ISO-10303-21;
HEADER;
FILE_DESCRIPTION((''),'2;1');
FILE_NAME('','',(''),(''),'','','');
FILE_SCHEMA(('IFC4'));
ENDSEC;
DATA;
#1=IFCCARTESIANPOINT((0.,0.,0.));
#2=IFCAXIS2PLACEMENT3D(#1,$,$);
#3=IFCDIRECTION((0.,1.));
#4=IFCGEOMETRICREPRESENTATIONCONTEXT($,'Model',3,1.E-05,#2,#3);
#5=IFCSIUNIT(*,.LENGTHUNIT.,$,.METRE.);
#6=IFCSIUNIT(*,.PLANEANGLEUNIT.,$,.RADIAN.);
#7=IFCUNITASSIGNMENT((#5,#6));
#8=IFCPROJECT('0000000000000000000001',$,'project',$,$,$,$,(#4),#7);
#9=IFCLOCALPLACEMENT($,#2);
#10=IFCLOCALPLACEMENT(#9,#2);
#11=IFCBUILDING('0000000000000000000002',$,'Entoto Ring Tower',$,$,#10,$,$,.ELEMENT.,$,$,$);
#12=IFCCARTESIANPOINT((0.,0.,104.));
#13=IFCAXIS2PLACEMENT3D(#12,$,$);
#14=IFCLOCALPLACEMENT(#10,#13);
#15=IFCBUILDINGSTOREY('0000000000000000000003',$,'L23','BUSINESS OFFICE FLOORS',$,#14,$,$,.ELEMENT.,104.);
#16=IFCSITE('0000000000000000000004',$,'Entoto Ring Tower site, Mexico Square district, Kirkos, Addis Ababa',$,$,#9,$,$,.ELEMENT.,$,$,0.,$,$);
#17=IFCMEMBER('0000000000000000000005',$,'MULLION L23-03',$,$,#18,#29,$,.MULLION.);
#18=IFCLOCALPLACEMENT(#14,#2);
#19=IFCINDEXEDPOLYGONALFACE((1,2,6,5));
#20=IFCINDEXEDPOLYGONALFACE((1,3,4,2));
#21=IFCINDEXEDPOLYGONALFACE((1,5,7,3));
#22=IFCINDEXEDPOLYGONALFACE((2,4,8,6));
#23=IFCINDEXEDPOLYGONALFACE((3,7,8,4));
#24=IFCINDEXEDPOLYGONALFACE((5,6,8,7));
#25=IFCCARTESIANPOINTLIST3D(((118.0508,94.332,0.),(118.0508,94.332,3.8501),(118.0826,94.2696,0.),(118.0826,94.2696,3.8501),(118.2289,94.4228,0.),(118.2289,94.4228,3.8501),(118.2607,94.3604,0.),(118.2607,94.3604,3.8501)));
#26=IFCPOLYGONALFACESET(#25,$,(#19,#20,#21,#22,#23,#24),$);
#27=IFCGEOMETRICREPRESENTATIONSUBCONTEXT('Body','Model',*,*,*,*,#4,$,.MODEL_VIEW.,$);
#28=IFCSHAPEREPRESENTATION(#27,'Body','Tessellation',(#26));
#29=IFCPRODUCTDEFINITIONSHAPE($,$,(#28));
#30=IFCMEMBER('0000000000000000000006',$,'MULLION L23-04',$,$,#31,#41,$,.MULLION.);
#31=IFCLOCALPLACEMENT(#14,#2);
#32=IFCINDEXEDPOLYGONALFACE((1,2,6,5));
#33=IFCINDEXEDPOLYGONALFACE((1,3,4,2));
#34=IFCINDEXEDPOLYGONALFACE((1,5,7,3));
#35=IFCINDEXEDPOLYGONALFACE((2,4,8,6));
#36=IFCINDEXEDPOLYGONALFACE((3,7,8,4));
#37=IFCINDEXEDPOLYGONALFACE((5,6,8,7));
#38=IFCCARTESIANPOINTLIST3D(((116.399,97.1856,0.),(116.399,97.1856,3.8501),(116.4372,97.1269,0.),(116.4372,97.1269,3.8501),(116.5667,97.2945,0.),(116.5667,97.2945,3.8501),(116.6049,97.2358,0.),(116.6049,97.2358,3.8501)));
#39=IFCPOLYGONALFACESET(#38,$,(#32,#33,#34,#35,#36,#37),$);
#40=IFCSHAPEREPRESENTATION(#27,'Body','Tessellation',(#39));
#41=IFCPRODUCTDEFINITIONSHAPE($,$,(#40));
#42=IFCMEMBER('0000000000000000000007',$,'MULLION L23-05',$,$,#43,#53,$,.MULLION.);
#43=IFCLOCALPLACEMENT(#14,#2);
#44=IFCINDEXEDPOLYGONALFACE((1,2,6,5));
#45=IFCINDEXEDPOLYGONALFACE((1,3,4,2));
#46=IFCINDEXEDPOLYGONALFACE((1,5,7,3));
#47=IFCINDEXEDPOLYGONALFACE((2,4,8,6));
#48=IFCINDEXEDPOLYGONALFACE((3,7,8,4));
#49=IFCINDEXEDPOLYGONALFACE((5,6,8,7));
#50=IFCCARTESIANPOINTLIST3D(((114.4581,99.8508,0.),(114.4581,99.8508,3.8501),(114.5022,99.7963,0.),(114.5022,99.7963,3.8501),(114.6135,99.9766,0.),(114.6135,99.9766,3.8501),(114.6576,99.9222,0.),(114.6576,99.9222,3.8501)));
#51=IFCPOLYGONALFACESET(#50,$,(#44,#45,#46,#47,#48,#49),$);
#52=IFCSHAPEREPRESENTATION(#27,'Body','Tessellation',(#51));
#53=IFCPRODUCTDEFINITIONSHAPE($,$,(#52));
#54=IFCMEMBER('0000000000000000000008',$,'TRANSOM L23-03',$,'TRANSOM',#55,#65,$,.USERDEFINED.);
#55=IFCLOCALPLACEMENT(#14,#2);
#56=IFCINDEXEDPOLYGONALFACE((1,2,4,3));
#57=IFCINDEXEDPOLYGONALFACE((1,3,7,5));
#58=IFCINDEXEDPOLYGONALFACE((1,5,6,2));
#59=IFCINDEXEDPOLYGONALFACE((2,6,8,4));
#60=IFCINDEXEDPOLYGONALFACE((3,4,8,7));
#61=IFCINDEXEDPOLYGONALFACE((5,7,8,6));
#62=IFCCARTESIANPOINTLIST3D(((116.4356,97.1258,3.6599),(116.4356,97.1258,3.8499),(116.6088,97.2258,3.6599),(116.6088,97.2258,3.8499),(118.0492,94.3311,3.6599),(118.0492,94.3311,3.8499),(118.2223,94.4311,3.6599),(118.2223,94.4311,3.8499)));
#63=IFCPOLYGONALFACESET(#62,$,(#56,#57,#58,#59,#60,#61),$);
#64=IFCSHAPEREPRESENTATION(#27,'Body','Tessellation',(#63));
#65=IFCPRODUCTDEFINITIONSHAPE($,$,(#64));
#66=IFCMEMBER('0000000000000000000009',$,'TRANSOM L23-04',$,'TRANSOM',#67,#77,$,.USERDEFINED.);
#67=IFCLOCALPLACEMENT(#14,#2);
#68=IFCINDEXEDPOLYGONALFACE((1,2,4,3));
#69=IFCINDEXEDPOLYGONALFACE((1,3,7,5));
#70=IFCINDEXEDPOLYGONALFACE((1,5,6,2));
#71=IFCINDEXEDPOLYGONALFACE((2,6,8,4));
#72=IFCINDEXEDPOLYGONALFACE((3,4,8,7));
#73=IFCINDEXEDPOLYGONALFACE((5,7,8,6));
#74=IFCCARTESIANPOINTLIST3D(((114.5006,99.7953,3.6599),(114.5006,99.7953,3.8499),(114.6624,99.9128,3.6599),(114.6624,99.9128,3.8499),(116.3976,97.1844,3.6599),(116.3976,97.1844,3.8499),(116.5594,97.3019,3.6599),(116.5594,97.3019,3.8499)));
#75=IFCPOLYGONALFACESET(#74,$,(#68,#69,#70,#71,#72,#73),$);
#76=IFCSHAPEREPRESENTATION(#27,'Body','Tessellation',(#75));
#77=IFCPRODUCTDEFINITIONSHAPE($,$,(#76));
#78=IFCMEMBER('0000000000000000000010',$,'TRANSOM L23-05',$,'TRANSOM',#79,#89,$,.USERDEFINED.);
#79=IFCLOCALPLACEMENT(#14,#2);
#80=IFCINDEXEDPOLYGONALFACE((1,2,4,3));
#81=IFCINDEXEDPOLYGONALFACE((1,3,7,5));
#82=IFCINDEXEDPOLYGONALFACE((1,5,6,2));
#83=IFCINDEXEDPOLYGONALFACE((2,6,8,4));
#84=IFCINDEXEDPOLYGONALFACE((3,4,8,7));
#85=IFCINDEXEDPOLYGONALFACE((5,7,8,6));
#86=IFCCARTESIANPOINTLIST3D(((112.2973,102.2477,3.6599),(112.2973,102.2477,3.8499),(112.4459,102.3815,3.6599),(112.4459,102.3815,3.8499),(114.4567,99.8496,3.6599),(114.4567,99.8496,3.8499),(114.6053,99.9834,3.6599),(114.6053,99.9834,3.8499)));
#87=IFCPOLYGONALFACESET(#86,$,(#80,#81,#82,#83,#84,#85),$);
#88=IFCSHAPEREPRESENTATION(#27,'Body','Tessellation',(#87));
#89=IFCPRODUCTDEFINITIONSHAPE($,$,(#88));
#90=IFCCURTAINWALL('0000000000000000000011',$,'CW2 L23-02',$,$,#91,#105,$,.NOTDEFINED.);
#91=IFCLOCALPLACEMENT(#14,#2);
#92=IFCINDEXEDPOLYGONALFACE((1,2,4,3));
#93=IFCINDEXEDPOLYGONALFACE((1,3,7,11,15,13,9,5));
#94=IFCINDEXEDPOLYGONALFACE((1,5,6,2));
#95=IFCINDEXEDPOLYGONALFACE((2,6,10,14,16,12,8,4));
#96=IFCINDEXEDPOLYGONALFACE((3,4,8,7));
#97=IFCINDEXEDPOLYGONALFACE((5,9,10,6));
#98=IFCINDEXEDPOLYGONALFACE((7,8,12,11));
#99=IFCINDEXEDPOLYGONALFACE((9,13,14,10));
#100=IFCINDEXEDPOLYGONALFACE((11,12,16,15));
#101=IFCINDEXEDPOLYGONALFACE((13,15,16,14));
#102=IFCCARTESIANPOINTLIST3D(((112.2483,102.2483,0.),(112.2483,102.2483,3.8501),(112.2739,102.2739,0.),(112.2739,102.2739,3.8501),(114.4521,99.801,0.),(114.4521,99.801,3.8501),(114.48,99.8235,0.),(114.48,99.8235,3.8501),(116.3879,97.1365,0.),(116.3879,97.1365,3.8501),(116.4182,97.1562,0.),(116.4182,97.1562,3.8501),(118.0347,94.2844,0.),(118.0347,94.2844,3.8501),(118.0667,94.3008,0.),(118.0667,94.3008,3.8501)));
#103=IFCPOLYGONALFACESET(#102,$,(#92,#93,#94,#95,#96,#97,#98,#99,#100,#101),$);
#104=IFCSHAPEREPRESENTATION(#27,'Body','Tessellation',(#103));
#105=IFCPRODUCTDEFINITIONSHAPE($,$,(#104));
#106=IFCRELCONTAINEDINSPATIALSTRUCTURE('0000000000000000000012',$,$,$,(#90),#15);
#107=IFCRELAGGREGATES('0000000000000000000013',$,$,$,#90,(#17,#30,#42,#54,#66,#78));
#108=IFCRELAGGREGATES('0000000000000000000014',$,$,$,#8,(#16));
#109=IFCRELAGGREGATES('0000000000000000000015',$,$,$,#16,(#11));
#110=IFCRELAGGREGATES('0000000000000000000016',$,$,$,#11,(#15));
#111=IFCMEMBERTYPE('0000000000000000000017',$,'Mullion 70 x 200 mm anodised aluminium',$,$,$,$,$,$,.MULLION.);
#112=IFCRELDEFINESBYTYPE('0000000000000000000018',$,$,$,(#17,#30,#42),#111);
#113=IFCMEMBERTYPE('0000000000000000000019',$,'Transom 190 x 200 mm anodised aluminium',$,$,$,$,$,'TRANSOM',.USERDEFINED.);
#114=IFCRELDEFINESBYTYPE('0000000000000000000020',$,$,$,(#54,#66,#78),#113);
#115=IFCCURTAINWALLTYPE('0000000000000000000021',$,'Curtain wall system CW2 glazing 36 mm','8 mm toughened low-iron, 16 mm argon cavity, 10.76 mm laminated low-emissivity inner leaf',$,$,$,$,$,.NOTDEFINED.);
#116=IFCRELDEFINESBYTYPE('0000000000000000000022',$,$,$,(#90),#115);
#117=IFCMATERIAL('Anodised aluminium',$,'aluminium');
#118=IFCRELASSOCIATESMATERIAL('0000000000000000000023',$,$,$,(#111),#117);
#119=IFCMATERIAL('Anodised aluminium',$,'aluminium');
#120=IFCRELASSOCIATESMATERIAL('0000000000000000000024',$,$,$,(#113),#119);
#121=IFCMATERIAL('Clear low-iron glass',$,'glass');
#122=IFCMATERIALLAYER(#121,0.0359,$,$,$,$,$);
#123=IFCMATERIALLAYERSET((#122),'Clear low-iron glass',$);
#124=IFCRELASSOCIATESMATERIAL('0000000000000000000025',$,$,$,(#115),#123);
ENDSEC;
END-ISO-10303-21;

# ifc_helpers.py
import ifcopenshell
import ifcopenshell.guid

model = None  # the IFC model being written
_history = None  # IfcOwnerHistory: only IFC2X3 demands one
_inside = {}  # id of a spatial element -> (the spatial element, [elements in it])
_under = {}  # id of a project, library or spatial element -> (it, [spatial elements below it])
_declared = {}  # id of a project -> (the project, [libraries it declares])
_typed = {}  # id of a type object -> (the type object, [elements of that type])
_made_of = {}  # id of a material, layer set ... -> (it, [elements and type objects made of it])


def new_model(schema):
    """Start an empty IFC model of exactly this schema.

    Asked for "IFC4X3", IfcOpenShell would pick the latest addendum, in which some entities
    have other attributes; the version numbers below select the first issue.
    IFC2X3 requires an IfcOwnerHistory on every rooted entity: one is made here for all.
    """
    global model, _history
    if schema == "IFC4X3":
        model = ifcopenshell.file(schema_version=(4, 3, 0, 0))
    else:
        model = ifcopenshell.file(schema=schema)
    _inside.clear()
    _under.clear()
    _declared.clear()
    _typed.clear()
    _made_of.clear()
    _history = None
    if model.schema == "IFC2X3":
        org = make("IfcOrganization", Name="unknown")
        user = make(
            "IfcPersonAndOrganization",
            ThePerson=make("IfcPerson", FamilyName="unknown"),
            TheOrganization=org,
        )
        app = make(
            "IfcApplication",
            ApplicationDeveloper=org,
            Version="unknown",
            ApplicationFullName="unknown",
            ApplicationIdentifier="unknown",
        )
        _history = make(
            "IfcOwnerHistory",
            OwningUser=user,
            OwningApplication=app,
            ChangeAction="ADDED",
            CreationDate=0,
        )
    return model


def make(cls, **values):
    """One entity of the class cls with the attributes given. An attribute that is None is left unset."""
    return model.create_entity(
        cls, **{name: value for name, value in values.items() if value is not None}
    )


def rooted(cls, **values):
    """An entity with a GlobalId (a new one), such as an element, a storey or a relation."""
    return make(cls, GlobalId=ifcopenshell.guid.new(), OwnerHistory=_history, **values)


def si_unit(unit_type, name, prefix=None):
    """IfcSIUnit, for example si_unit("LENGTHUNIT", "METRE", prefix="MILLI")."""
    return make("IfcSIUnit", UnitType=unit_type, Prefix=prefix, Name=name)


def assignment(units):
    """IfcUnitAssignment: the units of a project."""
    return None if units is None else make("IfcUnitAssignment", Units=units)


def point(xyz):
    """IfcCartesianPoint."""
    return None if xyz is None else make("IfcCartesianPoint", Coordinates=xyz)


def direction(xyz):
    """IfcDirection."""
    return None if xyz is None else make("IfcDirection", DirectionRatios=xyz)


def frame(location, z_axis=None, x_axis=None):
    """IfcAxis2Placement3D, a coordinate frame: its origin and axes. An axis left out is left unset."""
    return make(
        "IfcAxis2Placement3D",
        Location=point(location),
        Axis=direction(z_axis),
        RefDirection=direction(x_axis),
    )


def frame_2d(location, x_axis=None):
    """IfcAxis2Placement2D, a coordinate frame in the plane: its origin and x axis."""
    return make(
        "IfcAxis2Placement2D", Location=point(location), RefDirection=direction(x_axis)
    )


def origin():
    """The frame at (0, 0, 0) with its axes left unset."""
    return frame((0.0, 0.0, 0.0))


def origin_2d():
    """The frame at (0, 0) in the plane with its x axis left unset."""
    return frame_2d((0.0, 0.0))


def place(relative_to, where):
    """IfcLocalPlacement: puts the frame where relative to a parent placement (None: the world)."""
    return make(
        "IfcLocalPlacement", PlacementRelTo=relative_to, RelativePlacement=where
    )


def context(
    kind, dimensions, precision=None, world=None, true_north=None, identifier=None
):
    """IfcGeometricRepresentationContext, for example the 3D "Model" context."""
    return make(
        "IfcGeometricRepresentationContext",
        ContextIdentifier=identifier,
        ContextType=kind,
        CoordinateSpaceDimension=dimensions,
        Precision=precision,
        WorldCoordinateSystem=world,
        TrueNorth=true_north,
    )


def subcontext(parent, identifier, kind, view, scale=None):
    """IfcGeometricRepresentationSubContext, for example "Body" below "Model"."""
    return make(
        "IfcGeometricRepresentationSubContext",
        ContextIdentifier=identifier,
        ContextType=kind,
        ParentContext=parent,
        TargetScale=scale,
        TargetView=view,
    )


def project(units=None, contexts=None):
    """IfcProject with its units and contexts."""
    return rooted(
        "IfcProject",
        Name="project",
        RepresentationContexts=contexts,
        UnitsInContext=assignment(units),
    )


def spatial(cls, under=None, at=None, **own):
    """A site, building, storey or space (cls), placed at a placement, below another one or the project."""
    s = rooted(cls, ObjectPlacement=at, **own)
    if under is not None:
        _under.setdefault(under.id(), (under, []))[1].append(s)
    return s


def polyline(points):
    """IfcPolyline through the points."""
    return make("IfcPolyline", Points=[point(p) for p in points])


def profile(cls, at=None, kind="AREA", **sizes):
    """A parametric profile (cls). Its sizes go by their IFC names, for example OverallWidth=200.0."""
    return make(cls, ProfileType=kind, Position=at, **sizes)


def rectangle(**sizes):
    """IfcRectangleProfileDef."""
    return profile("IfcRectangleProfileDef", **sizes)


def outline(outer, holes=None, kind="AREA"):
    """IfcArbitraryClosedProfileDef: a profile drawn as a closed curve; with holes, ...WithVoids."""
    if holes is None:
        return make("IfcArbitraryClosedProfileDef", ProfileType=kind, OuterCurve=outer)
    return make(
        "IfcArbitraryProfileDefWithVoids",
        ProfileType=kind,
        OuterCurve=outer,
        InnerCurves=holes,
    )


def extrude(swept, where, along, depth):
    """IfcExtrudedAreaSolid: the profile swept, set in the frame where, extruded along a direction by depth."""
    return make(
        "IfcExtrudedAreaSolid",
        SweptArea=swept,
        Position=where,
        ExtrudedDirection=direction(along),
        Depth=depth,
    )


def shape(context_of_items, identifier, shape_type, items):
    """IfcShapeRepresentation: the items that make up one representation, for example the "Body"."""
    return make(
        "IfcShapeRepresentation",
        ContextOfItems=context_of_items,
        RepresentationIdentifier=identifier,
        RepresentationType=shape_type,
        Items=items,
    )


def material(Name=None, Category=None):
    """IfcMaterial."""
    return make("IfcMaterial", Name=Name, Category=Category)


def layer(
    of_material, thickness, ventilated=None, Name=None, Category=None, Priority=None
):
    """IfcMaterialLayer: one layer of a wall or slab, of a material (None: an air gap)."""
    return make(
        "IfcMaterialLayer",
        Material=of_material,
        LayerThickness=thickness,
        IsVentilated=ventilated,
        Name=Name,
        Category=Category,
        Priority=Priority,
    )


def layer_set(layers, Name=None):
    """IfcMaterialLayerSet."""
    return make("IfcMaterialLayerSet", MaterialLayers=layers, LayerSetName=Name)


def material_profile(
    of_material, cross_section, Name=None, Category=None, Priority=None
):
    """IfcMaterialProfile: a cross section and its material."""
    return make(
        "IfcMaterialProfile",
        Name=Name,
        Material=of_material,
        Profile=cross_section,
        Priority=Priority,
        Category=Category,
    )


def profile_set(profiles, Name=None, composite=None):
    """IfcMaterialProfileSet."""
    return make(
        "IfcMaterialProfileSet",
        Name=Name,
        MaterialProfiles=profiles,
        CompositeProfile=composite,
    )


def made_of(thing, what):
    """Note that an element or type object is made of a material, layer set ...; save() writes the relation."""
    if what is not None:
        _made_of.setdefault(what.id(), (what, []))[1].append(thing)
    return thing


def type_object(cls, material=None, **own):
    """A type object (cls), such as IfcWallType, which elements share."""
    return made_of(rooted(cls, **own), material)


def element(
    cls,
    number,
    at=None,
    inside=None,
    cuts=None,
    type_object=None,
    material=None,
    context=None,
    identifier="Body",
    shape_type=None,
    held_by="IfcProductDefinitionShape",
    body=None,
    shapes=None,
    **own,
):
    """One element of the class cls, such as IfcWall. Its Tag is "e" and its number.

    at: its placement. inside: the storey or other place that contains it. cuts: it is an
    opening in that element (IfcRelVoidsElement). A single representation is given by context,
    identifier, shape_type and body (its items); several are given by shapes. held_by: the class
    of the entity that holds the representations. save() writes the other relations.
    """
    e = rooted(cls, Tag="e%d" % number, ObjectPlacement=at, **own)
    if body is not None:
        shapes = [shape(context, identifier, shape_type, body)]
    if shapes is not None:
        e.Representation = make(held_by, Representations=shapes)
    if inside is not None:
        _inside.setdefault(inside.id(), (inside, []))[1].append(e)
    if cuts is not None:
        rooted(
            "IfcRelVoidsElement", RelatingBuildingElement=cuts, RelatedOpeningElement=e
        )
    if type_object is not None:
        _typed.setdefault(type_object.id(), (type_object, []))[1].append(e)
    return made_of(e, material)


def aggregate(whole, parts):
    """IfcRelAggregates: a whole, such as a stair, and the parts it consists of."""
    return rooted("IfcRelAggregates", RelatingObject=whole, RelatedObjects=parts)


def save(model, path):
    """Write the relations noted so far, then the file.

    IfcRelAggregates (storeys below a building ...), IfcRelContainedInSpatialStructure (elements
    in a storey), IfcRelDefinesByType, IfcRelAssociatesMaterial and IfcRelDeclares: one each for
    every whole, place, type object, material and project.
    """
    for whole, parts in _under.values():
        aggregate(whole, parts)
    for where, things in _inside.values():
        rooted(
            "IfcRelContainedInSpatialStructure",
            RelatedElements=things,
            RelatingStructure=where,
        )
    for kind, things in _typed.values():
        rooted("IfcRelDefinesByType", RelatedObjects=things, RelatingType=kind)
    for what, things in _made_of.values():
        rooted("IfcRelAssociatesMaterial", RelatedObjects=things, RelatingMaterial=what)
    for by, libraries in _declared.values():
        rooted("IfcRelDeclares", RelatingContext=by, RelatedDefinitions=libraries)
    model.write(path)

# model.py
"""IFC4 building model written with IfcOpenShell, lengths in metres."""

from ifc_helpers import new_model, si_unit, direction, frame, origin, origin_2d, place, context, subcontext, project, spatial, polyline, rectangle, outline, extrude, material, layer, layer_set, material_profile, profile_set, type_object, element, aggregate, save


model = new_model("IFC4")

# Units and contexts
model_context = context("Model", 3, precision=1e-05, world=origin(), true_north=direction((0.0, 1.0)))
body_context = subcontext(model_context, "Body", "Model", "MODEL_VIEW")
ifc_project = project(units=[si_unit("LENGTHUNIT", "METRE"), si_unit("PLANEANGLEUNIT", "RADIAN")], contexts=[model_context])

# Members
ifc_material_1 = material(Name="Anodised aluminium", Category="aluminium")
ifc_material_profile_1 = material_profile(ifc_material_1, rectangle(XDim=0.0701, YDim=0.2, at=origin_2d()), Name="Mullion 70 x 200 mm anodised aluminium")
ifc_profile_set_1 = profile_set([ifc_material_profile_1], Name="Anodised aluminium")
member_type_1 = type_object("IfcMemberType", Name="Mullion 70 x 200 mm anodised aluminium", PredefinedType="MULLION", material=ifc_profile_set_1)
site_placement = place(None, origin())
building_placement = place(site_placement, origin())
storey_placement = place(building_placement, frame((0.0, 0.0, 104.0)))
member_1_placement = place(storey_placement, frame((118.1558, 94.3462, 0.0), z_axis=(0.0, 0.0, 1.0), x_axis=(-0.45399, 0.891007, 0.0)))
member_1 = element("IfcMember", 1, at=member_1_placement, type_object=member_type_1, Name="MULLION L23-03", PredefinedType="MULLION", context=body_context, shape_type="SweptSolid", body=[
    extrude(rectangle(XDim=0.0701, YDim=0.2, at=origin_2d()), origin(), (0.0, 0.0, 1.0), 3.8501),
])
member_2_placement = place(storey_placement, frame((116.502, 97.2107, 0.0), z_axis=(0.0, 0.0, 1.0), x_axis=(-0.544639, 0.838671, 0.0)))
member_2 = element("IfcMember", 2, at=member_2_placement, type_object=member_type_1, Name="MULLION L23-04", PredefinedType="MULLION", context=body_context, shape_type="SweptSolid", body=[
    extrude(rectangle(XDim=0.0701, YDim=0.2, at=origin_2d()), origin(), (0.0, 0.0, 1.0), 3.8501),
])
member_3_placement = place(storey_placement, frame((114.5579, 99.8865, 0.0), z_axis=(0.0, 0.0, 1.0), x_axis=(-0.62932, 0.777146, 0.0)))
member_3 = element("IfcMember", 3, at=member_3_placement, type_object=member_type_1, Name="MULLION L23-05", PredefinedType="MULLION", context=body_context, shape_type="SweptSolid", body=[
    extrude(rectangle(XDim=0.0701, YDim=0.2, at=origin_2d()), origin(), (0.0, 0.0, 1.0), 3.8501),
])
ifc_material_2 = material(Name="Anodised aluminium", Category="aluminium")
ifc_material_profile_2 = material_profile(ifc_material_2, rectangle(XDim=0.2, YDim=0.1899, at=origin_2d()), Name="Transom 190 x 200 mm anodised aluminium")
ifc_profile_set_2 = profile_set([ifc_material_profile_2], Name="Anodised aluminium")
member_type_2 = type_object("IfcMemberType", Name="Transom 190 x 200 mm anodised aluminium", ElementType="TRANSOM", PredefinedType="USERDEFINED", material=ifc_profile_set_2)
member_4_placement = place(storey_placement, frame((118.1357, 94.3811, 3.7549), z_axis=(-0.500004, 0.866023, 0.0), x_axis=(-0.866023, -0.500004, 0.0)))
member_4 = element("IfcMember", 4, at=member_4_placement, type_object=member_type_2, Name="TRANSOM L23-03", ObjectType="TRANSOM", PredefinedType="USERDEFINED", context=body_context, shape_type="SweptSolid", body=[
    extrude(rectangle(XDim=0.2, YDim=0.1899, at=origin_2d()), origin(), (0.0, 0.0, 1.0), 3.2271),
])
member_5_placement = place(storey_placement, frame((116.4785, 97.2432, 3.7549), z_axis=(-0.587803, 0.809004, 0.0), x_axis=(-0.809004, -0.587803, 0.0)))
member_5 = element("IfcMember", 5, at=member_5_placement, type_object=member_type_2, Name="TRANSOM L23-04", ObjectType="TRANSOM", PredefinedType="USERDEFINED", context=body_context, shape_type="SweptSolid", body=[
    extrude(rectangle(XDim=0.2, YDim=0.1899, at=origin_2d()), origin(), (0.0, 0.0, 1.0), 3.2273),
])
member_6_placement = place(storey_placement, frame((114.531, 99.9165, 3.7549), z_axis=(-0.669144, 0.743132, 0.0), x_axis=(-0.743132, -0.669144, 0.0)))
member_6 = element("IfcMember", 6, at=member_6_placement, type_object=member_type_2, Name="TRANSOM L23-05", ObjectType="TRANSOM", PredefinedType="USERDEFINED", context=body_context, shape_type="SweptSolid", body=[
    extrude(rectangle(XDim=0.2, YDim=0.1899, at=origin_2d()), origin(), (0.0, 0.0, 1.0), 3.2271),
])

# Site, building, storey
site = spatial("IfcSite", under=ifc_project, at=site_placement, Name="Entoto Ring Tower site, Mexico Square district, Kirkos, Addis Ababa", CompositionType="ELEMENT", RefElevation=0.0)
building = spatial("IfcBuilding", under=site, at=building_placement, Name="Entoto Ring Tower", CompositionType="ELEMENT")
storey = spatial("IfcBuildingStorey", under=building, at=storey_placement, Name="L23", Description="BUSINESS OFFICE FLOORS", CompositionType="ELEMENT", Elevation=104.0)

# Curtain wall
ifc_material_3 = material(Name="Clear low-iron glass", Category="glass")
ifc_layer_1 = layer(ifc_material_3, 0.0359)
ifc_layer_set_1 = layer_set([ifc_layer_1], Name="Clear low-iron glass")
curtain_wall_type = type_object("IfcCurtainWallType", Name="Curtain wall system CW2 glazing 36 mm", Description="8 mm toughened low-iron, 16 mm argon cavity, 10.76 mm laminated low-emissivity inner leaf", PredefinedType="NOTDEFINED", material=ifc_layer_set_1)
curtain_wall_1_placement = place(storey_placement, origin())
curtain_wall_1 = element("IfcCurtainWall", 7, at=curtain_wall_1_placement, inside=storey, type_object=curtain_wall_type, Name="CW2 L23-02", PredefinedType="NOTDEFINED", context=body_context, shape_type="SweptSolid", body=[
    extrude(outline(polyline([(118.0667, 94.3008), (116.4182, 97.1562), (114.48, 99.8235), (112.2739, 102.2739), (112.2483, 102.2483), (114.4521, 99.801), (116.3879, 97.1365), (118.0347, 94.2844), (118.0667, 94.3008)])), origin(), (0.0, 0.0, 1.0), 3.8501),
])
aggregate(curtain_wall_1, [member_1, member_2, member_3, member_4, member_5, member_6])

save(model, "model.ifc")
